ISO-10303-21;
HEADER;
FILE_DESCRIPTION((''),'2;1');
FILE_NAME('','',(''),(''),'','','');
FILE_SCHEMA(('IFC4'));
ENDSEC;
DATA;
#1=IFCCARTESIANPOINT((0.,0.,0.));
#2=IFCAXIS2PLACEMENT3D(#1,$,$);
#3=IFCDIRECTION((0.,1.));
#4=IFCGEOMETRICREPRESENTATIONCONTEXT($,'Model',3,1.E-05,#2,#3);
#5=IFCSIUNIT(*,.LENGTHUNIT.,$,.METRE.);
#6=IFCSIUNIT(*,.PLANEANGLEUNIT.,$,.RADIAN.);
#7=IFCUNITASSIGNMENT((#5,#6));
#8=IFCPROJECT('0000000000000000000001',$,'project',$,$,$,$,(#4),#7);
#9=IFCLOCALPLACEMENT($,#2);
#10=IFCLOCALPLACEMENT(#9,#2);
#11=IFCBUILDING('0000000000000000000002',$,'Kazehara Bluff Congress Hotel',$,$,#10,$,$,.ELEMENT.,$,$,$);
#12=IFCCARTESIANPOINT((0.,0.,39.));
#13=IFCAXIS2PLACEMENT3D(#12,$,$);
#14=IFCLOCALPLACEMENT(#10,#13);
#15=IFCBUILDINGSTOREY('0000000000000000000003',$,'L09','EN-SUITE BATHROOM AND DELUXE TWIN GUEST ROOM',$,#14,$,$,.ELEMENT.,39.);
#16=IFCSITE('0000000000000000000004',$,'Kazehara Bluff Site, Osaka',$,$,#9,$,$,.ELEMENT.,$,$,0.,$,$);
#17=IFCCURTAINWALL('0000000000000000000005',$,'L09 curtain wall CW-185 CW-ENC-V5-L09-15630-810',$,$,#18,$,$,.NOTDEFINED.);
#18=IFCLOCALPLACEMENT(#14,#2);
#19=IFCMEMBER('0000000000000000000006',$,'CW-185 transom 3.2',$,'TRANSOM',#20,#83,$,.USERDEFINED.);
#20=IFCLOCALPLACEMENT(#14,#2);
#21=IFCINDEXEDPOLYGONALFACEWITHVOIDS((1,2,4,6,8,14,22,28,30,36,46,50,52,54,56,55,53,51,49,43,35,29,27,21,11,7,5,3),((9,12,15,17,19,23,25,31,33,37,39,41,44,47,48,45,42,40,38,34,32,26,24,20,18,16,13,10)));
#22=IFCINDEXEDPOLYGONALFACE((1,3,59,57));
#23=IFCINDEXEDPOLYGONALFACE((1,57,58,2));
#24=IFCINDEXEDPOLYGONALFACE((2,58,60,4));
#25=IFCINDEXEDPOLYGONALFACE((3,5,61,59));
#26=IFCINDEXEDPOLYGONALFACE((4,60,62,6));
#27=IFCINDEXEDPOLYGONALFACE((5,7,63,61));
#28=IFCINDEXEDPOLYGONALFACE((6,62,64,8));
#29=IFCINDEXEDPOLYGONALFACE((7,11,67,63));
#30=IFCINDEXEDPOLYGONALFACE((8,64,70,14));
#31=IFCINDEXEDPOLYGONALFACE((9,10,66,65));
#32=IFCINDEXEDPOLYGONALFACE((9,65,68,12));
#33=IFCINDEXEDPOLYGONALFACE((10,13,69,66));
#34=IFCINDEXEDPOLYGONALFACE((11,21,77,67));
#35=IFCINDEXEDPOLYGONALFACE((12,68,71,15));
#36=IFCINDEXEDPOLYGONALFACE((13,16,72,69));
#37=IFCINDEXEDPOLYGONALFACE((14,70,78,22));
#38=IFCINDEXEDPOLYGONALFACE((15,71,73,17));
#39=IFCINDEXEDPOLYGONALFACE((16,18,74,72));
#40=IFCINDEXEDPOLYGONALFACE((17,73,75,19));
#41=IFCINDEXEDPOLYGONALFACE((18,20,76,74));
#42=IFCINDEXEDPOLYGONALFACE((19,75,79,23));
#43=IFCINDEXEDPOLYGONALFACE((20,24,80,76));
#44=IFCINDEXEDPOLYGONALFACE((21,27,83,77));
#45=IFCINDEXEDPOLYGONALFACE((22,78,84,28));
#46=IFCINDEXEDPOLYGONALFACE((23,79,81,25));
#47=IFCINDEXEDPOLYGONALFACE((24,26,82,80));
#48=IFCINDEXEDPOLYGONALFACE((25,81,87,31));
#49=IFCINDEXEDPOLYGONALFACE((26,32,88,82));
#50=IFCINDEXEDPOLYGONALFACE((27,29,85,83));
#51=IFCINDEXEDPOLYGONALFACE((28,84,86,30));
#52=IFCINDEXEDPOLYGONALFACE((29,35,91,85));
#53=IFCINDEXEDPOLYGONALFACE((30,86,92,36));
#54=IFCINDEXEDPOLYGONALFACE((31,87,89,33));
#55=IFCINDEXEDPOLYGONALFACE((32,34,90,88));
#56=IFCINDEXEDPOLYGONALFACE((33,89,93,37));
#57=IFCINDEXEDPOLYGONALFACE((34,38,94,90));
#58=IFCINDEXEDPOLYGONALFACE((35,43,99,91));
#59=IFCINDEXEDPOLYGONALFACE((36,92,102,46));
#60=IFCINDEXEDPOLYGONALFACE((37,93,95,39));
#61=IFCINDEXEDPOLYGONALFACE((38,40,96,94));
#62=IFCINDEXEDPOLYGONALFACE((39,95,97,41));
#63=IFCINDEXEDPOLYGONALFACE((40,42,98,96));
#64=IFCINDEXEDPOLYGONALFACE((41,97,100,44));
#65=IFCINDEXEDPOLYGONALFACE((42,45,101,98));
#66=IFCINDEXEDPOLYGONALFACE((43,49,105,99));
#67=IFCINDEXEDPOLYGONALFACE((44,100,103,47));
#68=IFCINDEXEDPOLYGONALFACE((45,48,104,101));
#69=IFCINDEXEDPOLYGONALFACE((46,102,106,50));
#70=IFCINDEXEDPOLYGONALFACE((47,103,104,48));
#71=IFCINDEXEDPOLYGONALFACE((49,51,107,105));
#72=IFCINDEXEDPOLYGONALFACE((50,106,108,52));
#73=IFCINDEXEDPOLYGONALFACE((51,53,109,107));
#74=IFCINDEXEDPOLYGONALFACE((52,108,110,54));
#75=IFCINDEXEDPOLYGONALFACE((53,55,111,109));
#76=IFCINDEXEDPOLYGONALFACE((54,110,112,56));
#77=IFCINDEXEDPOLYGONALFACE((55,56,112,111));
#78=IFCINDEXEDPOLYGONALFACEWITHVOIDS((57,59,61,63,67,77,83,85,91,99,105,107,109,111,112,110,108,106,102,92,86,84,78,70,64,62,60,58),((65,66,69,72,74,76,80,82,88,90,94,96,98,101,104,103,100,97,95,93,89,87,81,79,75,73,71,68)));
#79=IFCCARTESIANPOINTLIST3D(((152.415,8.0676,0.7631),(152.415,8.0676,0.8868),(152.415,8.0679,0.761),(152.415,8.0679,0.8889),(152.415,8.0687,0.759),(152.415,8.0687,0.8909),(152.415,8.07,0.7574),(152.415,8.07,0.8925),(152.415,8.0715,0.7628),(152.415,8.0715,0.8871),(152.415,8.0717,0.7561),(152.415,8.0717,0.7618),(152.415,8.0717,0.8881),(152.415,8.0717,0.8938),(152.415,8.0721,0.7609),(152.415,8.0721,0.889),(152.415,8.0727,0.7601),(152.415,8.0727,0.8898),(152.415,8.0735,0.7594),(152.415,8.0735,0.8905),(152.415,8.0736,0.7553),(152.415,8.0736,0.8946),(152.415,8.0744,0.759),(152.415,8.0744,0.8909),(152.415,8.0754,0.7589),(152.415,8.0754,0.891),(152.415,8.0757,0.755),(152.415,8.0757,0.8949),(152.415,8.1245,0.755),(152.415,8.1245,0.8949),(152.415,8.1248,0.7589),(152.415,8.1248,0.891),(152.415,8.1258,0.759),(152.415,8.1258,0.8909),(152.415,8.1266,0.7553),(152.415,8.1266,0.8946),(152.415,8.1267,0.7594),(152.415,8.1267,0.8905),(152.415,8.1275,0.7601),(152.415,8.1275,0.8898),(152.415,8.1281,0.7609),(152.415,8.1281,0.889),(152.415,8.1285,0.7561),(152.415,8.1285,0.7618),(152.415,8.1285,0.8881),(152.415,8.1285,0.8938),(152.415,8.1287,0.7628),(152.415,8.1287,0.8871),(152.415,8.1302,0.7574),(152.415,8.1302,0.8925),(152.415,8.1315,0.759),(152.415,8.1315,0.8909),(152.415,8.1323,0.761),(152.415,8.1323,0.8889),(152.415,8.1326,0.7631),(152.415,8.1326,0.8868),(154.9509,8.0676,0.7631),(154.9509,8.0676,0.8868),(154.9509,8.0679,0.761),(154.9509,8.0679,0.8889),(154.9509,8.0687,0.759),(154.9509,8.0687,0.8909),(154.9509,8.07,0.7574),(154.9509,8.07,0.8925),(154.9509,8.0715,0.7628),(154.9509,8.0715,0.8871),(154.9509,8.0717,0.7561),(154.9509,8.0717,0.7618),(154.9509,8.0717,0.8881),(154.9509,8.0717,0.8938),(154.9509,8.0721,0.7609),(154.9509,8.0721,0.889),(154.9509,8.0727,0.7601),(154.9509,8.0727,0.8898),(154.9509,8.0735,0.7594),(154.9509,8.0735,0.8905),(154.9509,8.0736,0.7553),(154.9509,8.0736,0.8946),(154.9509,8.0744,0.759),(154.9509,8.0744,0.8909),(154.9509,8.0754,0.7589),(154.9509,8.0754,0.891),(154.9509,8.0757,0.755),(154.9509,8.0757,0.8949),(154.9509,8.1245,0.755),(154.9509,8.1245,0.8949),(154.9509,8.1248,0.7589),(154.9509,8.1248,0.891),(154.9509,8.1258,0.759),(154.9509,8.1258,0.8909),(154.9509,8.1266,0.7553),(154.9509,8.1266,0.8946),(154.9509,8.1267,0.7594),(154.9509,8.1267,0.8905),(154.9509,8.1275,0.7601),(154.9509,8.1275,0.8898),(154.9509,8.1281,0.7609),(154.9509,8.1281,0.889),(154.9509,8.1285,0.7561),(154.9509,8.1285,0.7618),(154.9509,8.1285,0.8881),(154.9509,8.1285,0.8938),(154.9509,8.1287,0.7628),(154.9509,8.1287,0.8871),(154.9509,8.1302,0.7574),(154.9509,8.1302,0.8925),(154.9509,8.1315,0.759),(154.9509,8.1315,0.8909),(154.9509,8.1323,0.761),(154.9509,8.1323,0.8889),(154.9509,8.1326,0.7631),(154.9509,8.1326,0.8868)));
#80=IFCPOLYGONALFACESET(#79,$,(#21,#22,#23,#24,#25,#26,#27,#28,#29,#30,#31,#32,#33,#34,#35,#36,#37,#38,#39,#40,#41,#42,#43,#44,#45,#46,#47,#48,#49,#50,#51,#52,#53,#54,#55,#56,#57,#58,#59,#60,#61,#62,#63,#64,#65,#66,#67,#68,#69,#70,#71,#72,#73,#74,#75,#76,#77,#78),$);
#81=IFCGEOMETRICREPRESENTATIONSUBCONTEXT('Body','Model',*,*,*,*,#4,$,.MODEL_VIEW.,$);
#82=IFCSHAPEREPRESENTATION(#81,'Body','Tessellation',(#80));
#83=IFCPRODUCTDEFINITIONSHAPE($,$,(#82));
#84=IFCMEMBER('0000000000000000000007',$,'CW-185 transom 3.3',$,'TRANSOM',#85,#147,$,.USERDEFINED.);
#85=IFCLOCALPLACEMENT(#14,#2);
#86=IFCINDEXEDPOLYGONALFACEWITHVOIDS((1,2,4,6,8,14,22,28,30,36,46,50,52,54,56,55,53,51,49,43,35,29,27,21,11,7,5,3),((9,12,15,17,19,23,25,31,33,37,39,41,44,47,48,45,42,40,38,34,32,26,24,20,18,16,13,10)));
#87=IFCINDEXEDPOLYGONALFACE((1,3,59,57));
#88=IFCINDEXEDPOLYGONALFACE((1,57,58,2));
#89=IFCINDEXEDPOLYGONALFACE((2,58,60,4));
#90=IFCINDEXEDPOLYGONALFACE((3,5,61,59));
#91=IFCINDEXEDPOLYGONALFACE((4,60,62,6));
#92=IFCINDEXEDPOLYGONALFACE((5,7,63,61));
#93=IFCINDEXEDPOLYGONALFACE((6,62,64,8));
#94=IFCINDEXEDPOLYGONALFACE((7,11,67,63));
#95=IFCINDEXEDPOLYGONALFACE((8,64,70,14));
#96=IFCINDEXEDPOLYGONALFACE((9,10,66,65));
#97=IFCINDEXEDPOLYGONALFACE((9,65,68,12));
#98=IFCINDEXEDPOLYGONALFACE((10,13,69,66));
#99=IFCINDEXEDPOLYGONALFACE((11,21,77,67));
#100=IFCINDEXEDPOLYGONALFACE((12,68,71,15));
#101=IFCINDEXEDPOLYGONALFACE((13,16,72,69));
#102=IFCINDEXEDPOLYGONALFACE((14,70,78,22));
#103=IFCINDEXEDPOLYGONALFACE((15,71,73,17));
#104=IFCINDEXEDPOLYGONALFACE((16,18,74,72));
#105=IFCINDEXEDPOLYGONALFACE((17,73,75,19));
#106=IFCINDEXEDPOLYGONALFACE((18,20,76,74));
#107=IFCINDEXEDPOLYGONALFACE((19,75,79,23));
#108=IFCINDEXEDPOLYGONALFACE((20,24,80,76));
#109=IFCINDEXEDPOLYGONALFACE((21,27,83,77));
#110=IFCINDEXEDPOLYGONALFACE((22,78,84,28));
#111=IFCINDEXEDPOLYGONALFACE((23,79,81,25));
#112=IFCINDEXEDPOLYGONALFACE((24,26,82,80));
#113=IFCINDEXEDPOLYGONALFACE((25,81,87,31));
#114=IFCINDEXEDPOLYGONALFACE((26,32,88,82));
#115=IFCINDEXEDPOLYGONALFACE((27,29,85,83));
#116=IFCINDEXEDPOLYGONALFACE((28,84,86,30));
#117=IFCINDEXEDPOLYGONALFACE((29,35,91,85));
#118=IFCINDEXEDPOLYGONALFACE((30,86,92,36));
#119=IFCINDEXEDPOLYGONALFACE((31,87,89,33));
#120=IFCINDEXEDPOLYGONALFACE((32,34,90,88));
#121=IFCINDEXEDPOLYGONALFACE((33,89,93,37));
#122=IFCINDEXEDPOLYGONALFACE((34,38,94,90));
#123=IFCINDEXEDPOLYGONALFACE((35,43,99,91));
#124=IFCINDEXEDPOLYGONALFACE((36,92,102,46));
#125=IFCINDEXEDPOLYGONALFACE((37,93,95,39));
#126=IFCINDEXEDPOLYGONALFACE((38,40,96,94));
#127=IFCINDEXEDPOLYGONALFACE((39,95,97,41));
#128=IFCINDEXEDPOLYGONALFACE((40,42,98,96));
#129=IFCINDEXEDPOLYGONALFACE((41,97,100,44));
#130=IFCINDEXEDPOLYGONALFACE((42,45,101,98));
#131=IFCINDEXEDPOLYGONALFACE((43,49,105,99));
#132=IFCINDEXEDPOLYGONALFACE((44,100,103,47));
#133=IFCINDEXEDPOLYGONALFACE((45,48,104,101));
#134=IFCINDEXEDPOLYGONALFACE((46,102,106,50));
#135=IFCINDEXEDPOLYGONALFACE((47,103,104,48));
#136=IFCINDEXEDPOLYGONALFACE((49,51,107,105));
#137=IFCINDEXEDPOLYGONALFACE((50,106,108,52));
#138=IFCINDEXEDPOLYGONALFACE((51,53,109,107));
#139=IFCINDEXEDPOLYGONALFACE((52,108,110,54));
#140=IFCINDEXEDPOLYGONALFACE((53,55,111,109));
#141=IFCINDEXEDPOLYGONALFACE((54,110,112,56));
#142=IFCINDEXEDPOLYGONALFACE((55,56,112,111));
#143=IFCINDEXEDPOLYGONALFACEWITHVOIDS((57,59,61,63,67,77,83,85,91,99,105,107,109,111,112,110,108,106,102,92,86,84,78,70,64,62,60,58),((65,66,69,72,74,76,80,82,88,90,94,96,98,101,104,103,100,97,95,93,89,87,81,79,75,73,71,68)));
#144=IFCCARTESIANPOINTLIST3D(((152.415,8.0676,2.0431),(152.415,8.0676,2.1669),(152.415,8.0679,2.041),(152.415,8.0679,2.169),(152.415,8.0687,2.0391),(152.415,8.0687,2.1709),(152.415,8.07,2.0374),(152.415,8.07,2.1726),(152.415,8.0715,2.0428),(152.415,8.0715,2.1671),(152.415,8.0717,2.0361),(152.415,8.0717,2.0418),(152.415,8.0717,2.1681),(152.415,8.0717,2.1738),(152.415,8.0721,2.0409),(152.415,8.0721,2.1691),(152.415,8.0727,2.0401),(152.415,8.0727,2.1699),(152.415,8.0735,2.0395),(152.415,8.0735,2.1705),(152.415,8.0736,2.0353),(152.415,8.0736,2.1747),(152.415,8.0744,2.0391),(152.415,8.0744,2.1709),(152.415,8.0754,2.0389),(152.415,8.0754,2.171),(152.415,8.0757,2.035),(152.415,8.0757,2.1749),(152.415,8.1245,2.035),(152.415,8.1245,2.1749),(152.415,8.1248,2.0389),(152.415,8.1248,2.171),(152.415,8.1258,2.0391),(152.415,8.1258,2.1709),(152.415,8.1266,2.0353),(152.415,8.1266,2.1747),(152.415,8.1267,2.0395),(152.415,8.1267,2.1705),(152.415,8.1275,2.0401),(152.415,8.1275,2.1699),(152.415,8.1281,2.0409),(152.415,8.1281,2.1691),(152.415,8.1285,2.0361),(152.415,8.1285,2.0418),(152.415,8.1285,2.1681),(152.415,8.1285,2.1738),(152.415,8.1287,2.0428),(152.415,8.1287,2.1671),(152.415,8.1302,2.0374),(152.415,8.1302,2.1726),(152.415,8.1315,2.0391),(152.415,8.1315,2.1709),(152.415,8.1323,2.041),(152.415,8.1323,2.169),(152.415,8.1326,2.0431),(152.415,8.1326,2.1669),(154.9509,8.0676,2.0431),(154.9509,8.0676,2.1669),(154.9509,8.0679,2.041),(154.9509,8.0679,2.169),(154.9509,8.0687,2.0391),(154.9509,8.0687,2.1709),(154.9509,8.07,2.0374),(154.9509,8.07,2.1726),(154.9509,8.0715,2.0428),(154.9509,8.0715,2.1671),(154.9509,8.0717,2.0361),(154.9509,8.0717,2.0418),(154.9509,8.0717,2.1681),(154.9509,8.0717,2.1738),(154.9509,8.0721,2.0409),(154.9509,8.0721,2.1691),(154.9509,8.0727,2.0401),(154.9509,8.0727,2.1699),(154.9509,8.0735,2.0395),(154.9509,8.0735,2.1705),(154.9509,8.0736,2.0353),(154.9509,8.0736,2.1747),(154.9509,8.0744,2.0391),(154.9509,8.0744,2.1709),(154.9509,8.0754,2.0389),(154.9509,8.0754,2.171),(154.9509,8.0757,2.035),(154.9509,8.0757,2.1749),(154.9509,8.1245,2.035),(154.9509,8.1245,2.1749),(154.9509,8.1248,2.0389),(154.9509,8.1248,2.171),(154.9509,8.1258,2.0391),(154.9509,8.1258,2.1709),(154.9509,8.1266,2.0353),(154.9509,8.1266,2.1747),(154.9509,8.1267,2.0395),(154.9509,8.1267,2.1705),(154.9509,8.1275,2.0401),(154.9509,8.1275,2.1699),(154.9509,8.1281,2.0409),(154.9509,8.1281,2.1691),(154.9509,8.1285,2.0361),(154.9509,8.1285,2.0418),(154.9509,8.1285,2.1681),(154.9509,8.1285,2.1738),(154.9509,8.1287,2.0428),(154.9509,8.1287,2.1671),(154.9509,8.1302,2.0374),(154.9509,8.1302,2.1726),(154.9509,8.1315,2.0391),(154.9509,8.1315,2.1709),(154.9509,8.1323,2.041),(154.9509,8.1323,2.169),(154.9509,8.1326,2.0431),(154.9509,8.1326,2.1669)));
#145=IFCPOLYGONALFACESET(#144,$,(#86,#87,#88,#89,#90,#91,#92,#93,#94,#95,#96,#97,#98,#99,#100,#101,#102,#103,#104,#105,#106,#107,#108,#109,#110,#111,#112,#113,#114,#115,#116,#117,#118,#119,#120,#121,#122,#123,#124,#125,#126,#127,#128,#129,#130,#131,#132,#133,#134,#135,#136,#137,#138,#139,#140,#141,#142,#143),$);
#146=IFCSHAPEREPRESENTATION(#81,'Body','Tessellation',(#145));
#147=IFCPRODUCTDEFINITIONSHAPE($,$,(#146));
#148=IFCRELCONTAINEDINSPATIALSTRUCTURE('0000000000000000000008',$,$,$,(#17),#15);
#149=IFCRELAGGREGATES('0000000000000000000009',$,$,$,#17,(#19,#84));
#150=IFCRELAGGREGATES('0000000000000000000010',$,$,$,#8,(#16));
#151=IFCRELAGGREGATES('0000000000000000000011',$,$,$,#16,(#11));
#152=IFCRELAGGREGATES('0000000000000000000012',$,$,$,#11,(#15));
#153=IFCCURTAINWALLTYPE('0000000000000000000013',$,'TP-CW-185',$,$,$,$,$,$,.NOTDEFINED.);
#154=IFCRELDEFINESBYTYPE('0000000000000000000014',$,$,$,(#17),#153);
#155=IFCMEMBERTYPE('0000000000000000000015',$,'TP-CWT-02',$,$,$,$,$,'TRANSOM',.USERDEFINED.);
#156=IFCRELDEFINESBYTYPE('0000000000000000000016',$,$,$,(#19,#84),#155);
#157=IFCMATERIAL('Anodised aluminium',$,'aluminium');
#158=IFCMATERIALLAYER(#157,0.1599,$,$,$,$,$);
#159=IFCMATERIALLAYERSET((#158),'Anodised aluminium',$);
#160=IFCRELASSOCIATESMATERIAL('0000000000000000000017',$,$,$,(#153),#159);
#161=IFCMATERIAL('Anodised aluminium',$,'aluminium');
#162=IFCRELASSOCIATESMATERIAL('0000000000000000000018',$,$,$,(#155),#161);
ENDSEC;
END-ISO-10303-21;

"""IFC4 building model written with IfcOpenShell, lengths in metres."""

from ifc_helpers import new_model, si_unit, direction, frame, origin, origin_2d, place, context, subcontext, project, spatial, hollow_rectangle, extrude, material, layer, layer_set, material_profile, profile_set, type_object, element, aggregate, save


model = new_model("IFC4")

# Units and contexts
model_context = context("Model", 3, precision=1e-05, world=origin(), true_north=direction((0.0, 1.0)))
body_context = subcontext(model_context, "Body", "Model", "MODEL_VIEW")
ifc_project = project(units=[si_unit("LENGTHUNIT", "METRE"), si_unit("PLANEANGLEUNIT", "RADIAN")], contexts=[model_context])

# Site, building, storey
site_placement = place(None, origin())
site = spatial("IfcSite", under=ifc_project, at=site_placement, Name="Kazehara Bluff Site, Osaka", CompositionType="ELEMENT", RefElevation=0.0)
building_placement = place(site_placement, origin())
building = spatial("IfcBuilding", under=site, at=building_placement, Name="Kazehara Bluff Congress Hotel", CompositionType="ELEMENT")
storey_placement = place(building_placement, frame((0.0, 0.0, 39.0)))
storey = spatial("IfcBuildingStorey", under=building, at=storey_placement, Name="L09", Description="EN-SUITE BATHROOM AND DELUXE TWIN GUEST ROOM", CompositionType="ELEMENT", Elevation=39.0)

# Curtain wall, members
ifc_material_1 = material(Name="Anodised aluminium", Category="aluminium")
ifc_layer_1 = layer(ifc_material_1, 0.1599)
ifc_layer_set_1 = layer_set([ifc_layer_1], Name="Anodised aluminium")
curtain_wall_type = type_object("IfcCurtainWallType", Name="TP-CW-185", PredefinedType="NOTDEFINED", material=ifc_layer_set_1)
curtain_wall_placement = place(storey_placement, origin())
curtain_wall = element("IfcCurtainWall", 1, at=curtain_wall_placement, inside=storey, type_object=curtain_wall_type, Name="L09 curtain wall CW-185 CW-ENC-V5-L09-15630-810", PredefinedType="NOTDEFINED")
ifc_material_2 = material(Name="Anodised aluminium", Category="aluminium")
ifc_material_profile_1 = material_profile(ifc_material_2, hollow_rectangle(XDim=0.0649, YDim=0.1399, WallThickness=0.0039, InnerFilletRadius=0.0039, OuterFilletRadius=0.0081, at=origin_2d()))
ifc_profile_set_1 = profile_set([ifc_material_profile_1], Name="Anodised aluminium")
member_type_1 = type_object("IfcMemberType", Name="TP-CWT-02", ElementType="TRANSOM", PredefinedType="USERDEFINED", material=ifc_profile_set_1)
member_1_placement = place(storey_placement, frame((154.9509, 8.1001, 0.825), z_axis=(-1.0, 0.0, 0.0), x_axis=(0.0, -1.0, 0.0)))
member_1 = element("IfcMember", 2, at=member_1_placement, type_object=member_type_1, Name="CW-185 transom 3.2", ObjectType="TRANSOM", PredefinedType="USERDEFINED", context=body_context, shape_type="SweptSolid", body=[
    extrude(hollow_rectangle(XDim=0.0649, YDim=0.1399, WallThickness=0.0039, InnerFilletRadius=0.0039, OuterFilletRadius=0.0081, at=origin_2d()), origin(), (0.0, 0.0, 1.0), 2.5359),
])
member_2_placement = place(storey_placement, frame((154.9509, 8.1001, 2.105), z_axis=(-1.0, 0.0, 0.0), x_axis=(0.0, -1.0, 0.0)))
member_2 = element("IfcMember", 3, at=member_2_placement, type_object=member_type_1, Name="CW-185 transom 3.3", ObjectType="TRANSOM", PredefinedType="USERDEFINED", context=body_context, shape_type="SweptSolid", body=[
    extrude(hollow_rectangle(XDim=0.0649, YDim=0.1399, WallThickness=0.0039, InnerFilletRadius=0.0039, OuterFilletRadius=0.0081, at=origin_2d()), origin(), (0.0, 0.0, 1.0), 2.5359),
])
aggregate(curtain_wall, [member_1, member_2])

save(model, "model.ifc")
